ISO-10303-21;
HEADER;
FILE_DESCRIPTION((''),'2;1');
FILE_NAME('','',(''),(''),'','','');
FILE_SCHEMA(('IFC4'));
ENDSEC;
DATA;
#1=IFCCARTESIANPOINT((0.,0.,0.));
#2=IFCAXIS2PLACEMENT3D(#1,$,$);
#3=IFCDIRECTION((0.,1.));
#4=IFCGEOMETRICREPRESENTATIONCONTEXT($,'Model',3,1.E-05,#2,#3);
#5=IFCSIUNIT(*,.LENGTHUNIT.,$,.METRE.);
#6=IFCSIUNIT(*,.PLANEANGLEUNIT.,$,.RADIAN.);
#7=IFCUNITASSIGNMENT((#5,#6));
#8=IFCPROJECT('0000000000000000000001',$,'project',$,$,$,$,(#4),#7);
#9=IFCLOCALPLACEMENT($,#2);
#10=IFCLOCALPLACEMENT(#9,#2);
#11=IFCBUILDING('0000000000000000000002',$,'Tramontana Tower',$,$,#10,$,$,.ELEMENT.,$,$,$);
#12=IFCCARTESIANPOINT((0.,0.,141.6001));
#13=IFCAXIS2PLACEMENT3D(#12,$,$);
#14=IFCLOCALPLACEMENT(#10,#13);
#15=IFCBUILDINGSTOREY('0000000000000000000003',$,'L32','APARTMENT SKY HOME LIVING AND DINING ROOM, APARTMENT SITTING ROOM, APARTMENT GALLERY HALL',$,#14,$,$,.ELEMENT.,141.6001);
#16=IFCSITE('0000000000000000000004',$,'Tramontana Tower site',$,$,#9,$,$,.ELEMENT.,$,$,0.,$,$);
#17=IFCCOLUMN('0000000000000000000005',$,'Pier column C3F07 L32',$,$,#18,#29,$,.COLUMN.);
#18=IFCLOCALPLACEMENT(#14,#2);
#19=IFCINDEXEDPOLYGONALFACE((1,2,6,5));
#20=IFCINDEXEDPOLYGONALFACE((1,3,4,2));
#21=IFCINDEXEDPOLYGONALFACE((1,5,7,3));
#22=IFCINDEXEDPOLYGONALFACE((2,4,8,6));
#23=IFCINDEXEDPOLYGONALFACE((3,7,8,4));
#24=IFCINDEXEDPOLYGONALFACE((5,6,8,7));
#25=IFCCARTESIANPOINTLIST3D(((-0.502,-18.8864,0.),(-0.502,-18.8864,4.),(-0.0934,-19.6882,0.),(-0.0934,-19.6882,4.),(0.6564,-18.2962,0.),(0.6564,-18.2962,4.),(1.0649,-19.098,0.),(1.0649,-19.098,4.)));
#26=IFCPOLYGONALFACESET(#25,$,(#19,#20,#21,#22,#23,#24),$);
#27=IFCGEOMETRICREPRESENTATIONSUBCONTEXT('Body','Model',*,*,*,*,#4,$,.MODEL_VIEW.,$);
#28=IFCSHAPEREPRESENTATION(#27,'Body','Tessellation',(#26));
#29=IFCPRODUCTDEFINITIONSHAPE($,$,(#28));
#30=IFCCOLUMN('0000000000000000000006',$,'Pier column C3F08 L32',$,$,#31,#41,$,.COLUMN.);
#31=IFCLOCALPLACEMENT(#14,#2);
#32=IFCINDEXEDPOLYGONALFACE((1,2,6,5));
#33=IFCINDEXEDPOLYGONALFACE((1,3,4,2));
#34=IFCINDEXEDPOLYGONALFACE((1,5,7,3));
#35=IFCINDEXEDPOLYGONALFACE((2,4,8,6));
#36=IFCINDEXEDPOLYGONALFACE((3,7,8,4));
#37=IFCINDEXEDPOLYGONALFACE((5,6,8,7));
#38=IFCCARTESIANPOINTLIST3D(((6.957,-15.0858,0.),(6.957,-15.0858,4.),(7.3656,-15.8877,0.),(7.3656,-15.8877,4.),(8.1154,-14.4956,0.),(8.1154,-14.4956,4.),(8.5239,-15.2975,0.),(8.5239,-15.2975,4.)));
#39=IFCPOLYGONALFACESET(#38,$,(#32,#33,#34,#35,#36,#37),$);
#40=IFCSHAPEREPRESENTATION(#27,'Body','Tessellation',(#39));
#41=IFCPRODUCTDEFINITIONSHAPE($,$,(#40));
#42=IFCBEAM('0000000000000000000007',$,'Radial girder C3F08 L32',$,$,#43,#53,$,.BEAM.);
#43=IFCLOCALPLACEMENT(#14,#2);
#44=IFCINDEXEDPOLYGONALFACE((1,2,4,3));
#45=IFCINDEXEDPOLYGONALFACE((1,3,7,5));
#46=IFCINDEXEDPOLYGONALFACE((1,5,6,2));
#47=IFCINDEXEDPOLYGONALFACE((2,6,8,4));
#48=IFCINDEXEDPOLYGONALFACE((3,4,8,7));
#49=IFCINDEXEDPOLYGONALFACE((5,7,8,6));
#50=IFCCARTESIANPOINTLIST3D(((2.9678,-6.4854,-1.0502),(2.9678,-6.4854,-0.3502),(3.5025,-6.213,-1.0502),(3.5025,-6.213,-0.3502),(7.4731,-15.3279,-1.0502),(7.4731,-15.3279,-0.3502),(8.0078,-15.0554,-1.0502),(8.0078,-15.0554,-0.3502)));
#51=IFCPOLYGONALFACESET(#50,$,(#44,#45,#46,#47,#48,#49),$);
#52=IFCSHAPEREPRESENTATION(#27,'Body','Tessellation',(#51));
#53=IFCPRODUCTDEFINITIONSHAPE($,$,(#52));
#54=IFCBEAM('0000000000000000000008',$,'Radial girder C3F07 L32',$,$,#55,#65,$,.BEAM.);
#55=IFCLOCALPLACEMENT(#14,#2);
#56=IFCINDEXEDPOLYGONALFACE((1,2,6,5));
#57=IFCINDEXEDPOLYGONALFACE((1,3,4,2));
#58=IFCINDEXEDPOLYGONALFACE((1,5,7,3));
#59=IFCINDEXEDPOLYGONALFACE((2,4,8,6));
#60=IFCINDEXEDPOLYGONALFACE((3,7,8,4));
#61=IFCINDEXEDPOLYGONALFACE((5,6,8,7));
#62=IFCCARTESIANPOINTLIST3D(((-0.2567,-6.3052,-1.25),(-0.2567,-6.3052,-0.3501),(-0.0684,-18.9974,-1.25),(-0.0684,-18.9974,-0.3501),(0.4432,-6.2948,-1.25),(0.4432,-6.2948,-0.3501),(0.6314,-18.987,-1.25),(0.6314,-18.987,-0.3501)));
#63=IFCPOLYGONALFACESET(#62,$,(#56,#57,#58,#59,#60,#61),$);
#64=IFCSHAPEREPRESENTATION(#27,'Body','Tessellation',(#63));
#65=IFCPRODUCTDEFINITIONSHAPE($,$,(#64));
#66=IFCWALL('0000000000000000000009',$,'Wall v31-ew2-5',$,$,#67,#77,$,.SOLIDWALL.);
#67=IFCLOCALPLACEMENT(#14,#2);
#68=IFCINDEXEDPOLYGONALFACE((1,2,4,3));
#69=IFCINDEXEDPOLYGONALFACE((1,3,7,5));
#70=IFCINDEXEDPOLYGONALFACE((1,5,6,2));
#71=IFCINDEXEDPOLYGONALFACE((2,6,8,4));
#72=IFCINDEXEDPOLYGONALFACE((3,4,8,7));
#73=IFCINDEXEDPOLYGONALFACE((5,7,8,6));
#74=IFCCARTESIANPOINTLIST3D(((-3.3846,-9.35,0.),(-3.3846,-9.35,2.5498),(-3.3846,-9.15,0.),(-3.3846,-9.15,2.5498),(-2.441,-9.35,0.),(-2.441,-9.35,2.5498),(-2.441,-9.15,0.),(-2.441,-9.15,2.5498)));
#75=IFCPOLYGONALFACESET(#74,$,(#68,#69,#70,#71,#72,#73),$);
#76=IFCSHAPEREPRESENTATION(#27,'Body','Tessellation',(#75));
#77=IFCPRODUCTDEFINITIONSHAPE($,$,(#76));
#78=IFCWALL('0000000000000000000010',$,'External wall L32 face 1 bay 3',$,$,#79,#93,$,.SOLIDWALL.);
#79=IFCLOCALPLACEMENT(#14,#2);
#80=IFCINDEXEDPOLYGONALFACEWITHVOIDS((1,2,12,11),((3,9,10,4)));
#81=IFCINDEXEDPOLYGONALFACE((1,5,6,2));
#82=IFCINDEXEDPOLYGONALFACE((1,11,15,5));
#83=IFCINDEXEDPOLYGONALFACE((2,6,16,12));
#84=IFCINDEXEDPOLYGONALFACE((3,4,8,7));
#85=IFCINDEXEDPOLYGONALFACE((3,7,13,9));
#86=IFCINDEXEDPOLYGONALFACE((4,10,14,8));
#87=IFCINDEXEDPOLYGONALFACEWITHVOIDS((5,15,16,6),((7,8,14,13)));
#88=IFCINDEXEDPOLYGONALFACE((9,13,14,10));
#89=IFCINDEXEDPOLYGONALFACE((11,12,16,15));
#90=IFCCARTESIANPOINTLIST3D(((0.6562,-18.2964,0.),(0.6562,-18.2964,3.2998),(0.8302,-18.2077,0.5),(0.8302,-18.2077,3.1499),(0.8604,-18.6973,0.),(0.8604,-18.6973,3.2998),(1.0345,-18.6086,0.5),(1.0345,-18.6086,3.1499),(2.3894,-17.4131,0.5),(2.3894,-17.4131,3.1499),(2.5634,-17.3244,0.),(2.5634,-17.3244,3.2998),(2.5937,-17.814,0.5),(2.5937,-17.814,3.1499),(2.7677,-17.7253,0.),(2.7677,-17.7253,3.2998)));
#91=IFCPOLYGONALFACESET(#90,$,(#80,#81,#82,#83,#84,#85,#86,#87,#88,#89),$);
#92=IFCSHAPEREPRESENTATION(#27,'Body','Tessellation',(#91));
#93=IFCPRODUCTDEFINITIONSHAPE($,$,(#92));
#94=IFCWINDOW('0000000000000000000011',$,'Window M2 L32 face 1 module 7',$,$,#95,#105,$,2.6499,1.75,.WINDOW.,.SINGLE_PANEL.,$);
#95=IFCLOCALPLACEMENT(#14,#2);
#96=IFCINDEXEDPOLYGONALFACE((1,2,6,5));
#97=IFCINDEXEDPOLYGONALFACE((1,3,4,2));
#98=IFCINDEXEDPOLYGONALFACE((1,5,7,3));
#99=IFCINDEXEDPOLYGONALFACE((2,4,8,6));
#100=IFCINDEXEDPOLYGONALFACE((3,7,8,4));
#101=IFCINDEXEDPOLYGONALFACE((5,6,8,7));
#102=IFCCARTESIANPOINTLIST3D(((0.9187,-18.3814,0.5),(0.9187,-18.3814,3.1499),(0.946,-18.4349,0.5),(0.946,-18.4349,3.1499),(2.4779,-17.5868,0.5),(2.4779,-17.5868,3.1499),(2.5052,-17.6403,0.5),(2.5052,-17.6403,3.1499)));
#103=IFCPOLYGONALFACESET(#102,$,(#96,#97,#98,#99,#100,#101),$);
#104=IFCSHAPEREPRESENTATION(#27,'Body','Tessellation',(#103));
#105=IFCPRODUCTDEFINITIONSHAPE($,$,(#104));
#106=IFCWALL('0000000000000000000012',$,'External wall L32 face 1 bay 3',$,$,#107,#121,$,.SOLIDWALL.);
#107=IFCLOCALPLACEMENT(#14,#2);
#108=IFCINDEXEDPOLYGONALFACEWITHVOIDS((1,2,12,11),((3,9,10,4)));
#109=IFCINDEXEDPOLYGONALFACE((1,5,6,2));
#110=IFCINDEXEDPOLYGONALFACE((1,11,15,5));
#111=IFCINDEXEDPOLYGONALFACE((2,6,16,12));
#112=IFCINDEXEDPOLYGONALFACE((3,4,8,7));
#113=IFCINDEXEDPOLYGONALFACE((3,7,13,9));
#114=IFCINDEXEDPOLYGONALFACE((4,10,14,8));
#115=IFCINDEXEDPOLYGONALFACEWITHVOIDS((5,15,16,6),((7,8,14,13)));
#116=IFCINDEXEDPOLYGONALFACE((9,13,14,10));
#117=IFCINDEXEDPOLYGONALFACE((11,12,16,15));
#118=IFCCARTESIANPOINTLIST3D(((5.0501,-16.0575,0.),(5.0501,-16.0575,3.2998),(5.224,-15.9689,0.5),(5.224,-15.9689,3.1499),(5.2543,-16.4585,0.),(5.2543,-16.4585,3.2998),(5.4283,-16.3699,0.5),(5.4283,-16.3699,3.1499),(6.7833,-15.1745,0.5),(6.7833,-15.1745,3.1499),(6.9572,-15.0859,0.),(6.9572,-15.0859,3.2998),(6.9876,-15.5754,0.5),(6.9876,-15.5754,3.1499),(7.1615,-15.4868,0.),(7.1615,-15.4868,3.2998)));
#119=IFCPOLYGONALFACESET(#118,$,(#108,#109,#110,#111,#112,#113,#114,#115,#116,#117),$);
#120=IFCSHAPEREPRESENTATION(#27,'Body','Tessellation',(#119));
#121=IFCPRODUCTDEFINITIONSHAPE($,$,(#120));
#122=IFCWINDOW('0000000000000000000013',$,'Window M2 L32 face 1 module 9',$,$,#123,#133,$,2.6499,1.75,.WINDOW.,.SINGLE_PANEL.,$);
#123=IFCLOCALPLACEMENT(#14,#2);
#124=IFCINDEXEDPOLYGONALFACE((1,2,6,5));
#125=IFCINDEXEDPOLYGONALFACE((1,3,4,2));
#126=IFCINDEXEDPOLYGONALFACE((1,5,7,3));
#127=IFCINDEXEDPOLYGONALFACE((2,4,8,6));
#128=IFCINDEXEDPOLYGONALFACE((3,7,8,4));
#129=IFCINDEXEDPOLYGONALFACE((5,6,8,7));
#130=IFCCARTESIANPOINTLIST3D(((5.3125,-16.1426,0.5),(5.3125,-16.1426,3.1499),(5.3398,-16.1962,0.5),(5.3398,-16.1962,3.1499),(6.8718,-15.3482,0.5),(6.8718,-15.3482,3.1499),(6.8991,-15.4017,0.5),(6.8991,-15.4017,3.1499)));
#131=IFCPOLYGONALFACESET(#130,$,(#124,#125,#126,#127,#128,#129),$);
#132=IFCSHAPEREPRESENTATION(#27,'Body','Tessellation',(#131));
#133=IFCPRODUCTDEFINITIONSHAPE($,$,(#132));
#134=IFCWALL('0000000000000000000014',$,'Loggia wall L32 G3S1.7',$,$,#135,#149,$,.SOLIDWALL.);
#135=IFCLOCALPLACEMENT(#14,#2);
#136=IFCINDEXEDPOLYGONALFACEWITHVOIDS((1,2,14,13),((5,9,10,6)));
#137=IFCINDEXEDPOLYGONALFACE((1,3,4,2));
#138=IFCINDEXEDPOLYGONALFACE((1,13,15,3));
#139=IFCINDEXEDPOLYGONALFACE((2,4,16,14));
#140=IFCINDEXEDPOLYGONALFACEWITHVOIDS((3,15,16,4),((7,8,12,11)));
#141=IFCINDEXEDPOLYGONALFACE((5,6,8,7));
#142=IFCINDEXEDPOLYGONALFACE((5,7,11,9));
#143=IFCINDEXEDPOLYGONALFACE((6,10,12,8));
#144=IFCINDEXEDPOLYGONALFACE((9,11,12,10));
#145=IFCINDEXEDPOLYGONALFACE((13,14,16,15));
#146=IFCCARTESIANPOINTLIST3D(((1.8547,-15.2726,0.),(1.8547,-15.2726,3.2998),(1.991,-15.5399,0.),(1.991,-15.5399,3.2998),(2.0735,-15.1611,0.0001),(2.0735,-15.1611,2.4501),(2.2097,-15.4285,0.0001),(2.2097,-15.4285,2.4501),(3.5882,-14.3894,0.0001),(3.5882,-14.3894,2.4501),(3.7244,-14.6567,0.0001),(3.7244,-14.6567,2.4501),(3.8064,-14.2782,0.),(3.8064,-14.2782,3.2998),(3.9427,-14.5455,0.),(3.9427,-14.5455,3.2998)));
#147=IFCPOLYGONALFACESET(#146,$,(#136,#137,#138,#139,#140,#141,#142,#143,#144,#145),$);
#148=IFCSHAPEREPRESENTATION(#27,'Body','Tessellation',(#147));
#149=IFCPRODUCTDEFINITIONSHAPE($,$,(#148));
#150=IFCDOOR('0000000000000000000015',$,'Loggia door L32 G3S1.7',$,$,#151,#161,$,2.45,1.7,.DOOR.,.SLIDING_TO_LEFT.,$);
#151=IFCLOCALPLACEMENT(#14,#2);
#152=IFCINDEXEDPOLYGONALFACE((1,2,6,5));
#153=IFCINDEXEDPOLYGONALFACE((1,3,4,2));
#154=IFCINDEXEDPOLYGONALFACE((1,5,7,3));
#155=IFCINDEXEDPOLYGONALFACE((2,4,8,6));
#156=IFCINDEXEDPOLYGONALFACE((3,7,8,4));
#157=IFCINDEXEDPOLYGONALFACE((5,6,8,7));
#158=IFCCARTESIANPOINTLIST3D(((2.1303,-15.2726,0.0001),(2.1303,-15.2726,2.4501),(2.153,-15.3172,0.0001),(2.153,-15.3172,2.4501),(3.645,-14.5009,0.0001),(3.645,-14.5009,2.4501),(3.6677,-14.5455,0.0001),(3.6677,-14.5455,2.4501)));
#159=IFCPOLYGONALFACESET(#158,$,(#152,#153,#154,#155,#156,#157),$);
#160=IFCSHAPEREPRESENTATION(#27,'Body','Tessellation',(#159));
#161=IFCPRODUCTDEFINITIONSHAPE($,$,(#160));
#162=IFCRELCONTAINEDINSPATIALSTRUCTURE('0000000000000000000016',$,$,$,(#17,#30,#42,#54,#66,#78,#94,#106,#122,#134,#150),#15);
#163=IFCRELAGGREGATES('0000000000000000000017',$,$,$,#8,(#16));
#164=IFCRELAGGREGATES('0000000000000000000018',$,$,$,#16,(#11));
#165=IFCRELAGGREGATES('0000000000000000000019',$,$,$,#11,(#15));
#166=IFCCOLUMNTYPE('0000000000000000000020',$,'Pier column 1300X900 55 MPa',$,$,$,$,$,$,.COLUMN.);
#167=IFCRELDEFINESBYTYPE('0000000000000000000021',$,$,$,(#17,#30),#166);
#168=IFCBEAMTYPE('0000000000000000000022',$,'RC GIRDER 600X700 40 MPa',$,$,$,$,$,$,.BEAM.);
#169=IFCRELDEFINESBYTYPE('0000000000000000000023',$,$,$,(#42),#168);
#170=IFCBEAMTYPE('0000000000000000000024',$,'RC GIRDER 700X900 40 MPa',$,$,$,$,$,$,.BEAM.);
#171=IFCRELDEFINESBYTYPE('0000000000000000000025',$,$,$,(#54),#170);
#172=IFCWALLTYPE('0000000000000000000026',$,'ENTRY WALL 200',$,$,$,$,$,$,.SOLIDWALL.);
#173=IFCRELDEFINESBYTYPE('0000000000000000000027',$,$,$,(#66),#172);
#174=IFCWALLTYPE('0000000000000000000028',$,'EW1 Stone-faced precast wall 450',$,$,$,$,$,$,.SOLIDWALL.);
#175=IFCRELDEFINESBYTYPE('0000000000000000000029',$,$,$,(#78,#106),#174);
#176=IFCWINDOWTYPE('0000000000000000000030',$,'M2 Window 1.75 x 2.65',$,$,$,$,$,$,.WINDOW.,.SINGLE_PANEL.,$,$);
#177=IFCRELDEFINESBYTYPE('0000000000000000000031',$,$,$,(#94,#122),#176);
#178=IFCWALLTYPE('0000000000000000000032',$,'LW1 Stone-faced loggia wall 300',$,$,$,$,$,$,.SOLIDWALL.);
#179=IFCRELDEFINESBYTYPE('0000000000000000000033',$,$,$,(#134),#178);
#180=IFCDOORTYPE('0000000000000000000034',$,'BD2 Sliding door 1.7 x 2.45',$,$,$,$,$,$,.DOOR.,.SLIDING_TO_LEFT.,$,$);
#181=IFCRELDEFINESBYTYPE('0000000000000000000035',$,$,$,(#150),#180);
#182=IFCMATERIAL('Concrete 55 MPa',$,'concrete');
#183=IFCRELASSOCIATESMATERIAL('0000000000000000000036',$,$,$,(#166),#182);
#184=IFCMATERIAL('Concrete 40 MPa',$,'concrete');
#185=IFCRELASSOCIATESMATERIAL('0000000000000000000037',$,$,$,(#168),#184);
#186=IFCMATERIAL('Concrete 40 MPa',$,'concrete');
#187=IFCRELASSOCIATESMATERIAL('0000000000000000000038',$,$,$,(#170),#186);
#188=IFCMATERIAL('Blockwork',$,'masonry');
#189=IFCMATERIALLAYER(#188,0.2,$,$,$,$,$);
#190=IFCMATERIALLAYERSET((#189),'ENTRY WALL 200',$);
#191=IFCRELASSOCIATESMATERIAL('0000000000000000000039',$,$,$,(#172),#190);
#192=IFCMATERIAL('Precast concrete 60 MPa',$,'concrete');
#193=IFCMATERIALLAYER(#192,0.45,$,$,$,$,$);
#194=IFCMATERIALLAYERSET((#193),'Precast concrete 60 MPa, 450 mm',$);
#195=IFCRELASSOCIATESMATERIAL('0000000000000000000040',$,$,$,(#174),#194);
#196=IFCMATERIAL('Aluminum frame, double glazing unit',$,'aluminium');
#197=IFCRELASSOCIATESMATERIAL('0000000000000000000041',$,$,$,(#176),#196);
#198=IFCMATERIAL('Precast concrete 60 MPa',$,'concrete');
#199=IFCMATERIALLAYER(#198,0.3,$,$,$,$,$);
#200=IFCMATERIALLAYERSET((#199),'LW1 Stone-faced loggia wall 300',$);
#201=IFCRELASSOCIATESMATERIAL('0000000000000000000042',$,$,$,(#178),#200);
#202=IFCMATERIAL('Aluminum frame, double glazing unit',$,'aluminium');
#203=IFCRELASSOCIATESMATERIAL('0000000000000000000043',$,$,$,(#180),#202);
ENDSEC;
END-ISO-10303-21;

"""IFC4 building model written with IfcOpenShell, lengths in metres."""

from ifc_helpers import new_model, si_unit, direction, frame, frame_2d, origin, origin_2d, place, context, subcontext, project, spatial, rectangle, extrude, material, layer, layer_set, material_profile, profile_set, type_object, element, fill, save


model = new_model("IFC4")

# Units and contexts
model_context = context("Model", 3, precision=1e-05, world=origin(), true_north=direction((0.0, 1.0)))
body_context = subcontext(model_context, "Body", "Model", "MODEL_VIEW")
ifc_project = project(units=[si_unit("LENGTHUNIT", "METRE"), si_unit("PLANEANGLEUNIT", "RADIAN")], contexts=[model_context])

# Site, building, storey
site_placement = place(None, origin())
site = spatial("IfcSite", under=ifc_project, at=site_placement, Name="Tramontana Tower site", CompositionType="ELEMENT", RefElevation=0.0)
building_placement = place(site_placement, origin())
building = spatial("IfcBuilding", under=site, at=building_placement, Name="Tramontana Tower", CompositionType="ELEMENT")
storey_placement = place(building_placement, frame((0.0, 0.0, 141.6001)))
storey = spatial("IfcBuildingStorey", under=building, at=storey_placement, Name="L32", Description="APARTMENT SKY HOME LIVING AND DINING ROOM, APARTMENT SITTING ROOM, APARTMENT GALLERY HALL", CompositionType="ELEMENT", Elevation=141.6001)

# Columns
ifc_material_1 = material(Name="Concrete 55 MPa", Category="concrete")
ifc_material_profile_1 = material_profile(ifc_material_1, rectangle(XDim=1.3, YDim=0.8999, at=origin_2d()), Name="Pier column 1300X900 55 MPa")
ifc_profile_set_1 = profile_set([ifc_material_profile_1], Name="Concrete 55 MPa")
column_type = type_object("IfcColumnType", Name="Pier column 1300X900 55 MPa", PredefinedType="COLUMN", material=ifc_profile_set_1)
for number, where, z_axis, x_axis, name in (
    (1, (0.2815, -18.9922, 0.0), (0.0, 0.0, 1.0), (0.891007, 0.45399, 0.0), "Pier column C3F07 L32"),
    (2, (7.7405, -15.1917, 0.0), (0.0, 0.0, 1.0), (0.891007, 0.45399, 0.0), "Pier column C3F08 L32"),
):
    element("IfcColumn", number, at=place(storey_placement, frame(where, z_axis=z_axis, x_axis=x_axis)), inside=storey, type_object=column_type, Name=name, PredefinedType="COLUMN", context=body_context, shape_type="SweptSolid", body=[
        extrude(rectangle(XDim=1.3, YDim=0.8999, at=origin_2d()), origin(), (0.0, 0.0, 1.0), 4.0),
    ])

# Beams
ifc_material_2 = material(Name="Concrete 40 MPa", Category="concrete")
ifc_material_profile_2 = material_profile(ifc_material_2, rectangle(XDim=0.6001, YDim=0.7, at=origin_2d()), Name="RC GIRDER 600X700 40 MPa")
ifc_profile_set_2 = profile_set([ifc_material_profile_2], Name="Concrete 40 MPa")
beam_type_1 = type_object("IfcBeamType", Name="RC GIRDER 600X700 40 MPa", PredefinedType="BEAM", material=ifc_profile_set_2)
beam_1_placement = place(storey_placement, frame((7.7405, -15.1917, -0.7002), z_axis=(-0.453981, 0.891012, 0.0), x_axis=(-0.891012, -0.453981, 0.0)))
element("IfcBeam", 3, at=beam_1_placement, inside=storey, type_object=beam_type_1, Name="Radial girder C3F08 L32", PredefinedType="BEAM", context=body_context, shape_type="SweptSolid", body=[
    extrude(rectangle(XDim=0.6001, YDim=0.7, at=origin_2d()), origin(), (0.0, 0.0, 1.0), 9.9241),
])
ifc_material_3 = material(Name="Concrete 40 MPa", Category="concrete")
ifc_material_profile_3 = material_profile(ifc_material_3, rectangle(XDim=0.7, YDim=0.8999, at=origin_2d()), Name="RC GIRDER 700X900 40 MPa")
ifc_profile_set_3 = profile_set([ifc_material_profile_3], Name="Concrete 40 MPa")
beam_type_2 = type_object("IfcBeamType", Name="RC GIRDER 700X900 40 MPa", PredefinedType="BEAM", material=ifc_profile_set_3)
beam_2_placement = place(storey_placement, frame((0.2815, -18.9922, -0.8), z_axis=(-0.014829, 0.99989, 0.0), x_axis=(-0.99989, -0.014829, 0.0)))
element("IfcBeam", 4, at=beam_2_placement, inside=storey, type_object=beam_type_2, Name="Radial girder C3F07 L32", PredefinedType="BEAM", context=body_context, shape_type="SweptSolid", body=[
    extrude(rectangle(XDim=0.7, YDim=0.8999, at=origin_2d()), origin(), (0.0, 0.0, 1.0), 12.6936),
])

# Wall
ifc_material_4 = material(Name="Blockwork", Category="masonry")
ifc_layer_1 = layer(ifc_material_4, 0.2)
ifc_layer_set_1 = layer_set([ifc_layer_1], Name="ENTRY WALL 200")
wall_type_1 = type_object("IfcWallType", Name="ENTRY WALL 200", PredefinedType="SOLIDWALL", material=ifc_layer_set_1)
wall_1_placement = place(storey_placement, frame((-2.4412, -9.25, 0.0), z_axis=(0.0, 0.0, 1.0), x_axis=(-1.0, 0.0, 0.0)))
element("IfcWall", 5, at=wall_1_placement, inside=storey, type_object=wall_type_1, Name="Wall v31-ew2-5", PredefinedType="SOLIDWALL", context=body_context, shape_type="SweptSolid", body=[
    extrude(rectangle(XDim=0.9436, YDim=0.2, at=frame_2d((0.4717, 0.0))), origin(), (0.0, 0.0, 1.0), 2.5498),
])

# Walls, openings, windows
ifc_material_5 = material(Name="Precast concrete 60 MPa", Category="concrete")
ifc_layer_2 = layer(ifc_material_5, 0.45)
ifc_layer_set_2 = layer_set([ifc_layer_2], Name="Precast concrete 60 MPa, 450 mm")
wall_type_2 = type_object("IfcWallType", Name="EW1 Stone-faced precast wall 450", PredefinedType="SOLIDWALL", material=ifc_layer_set_2)
wall_2_placement = place(storey_placement, frame((0.7583, -18.4968, 0.0), z_axis=(0.0, 0.0, 1.0), x_axis=(0.890979, 0.454044, 0.0)))
wall_2 = element("IfcWall", 6, at=wall_2_placement, inside=storey, type_object=wall_type_2, Name="External wall L32 face 1 bay 3", PredefinedType="SOLIDWALL", context=body_context, shape_type="SweptSolid", body=[
    extrude(rectangle(XDim=2.1406, YDim=0.45, at=frame_2d((1.0703, 0.0))), origin(), (0.0, 0.0, 1.0), 3.2998),
])
opening_1_placement = place(wall_2_placement, frame((0.1953, 0.0, 0.5)))
opening_1 = element("IfcOpeningElement", 7, at=opening_1_placement, cuts=wall_2, PredefinedType="OPENING", context=body_context, shape_type="SweptSolid", body=[
    extrude(rectangle(XDim=1.75, YDim=2.6499, at=frame_2d((0.875, 1.325))), frame((0.0, 0.2349, 0.0), z_axis=(0.0, -1.0, 0.0), x_axis=(1.0, 0.0, 0.0)), (0.0, 0.0, 1.0), 0.47),
])
ifc_material_6 = material(Name="Aluminum frame, double glazing unit", Category="aluminium")
window_type = type_object("IfcWindowType", Name="M2 Window 1.75 x 2.65", PartitioningType="SINGLE_PANEL", PredefinedType="WINDOW", material=ifc_material_6)
window_1_placement = place(opening_1_placement, origin())
window_1 = element("IfcWindow", 8, at=window_1_placement, inside=storey, type_object=window_type, Name="Window M2 L32 face 1 module 7", OverallHeight=2.6499, OverallWidth=1.75, PartitioningType="SINGLE_PANEL", PredefinedType="WINDOW", context=body_context, shape_type="SweptSolid", body=[
    extrude(rectangle(XDim=1.75, YDim=2.6499, at=frame_2d((0.875, 1.325))), frame((0.0, 0.03, 0.0), z_axis=(0.0, -1.0, 0.0), x_axis=(1.0, 0.0, 0.0)), (0.0, 0.0, 1.0), 0.0601),
])
fill(opening_1, window_1)
wall_3_placement = place(storey_placement, frame((5.1521, -16.2581, 0.0), z_axis=(0.0, 0.0, 1.0), x_axis=(0.891026, 0.453953, 0.0)))
wall_3 = element("IfcWall", 9, at=wall_3_placement, inside=storey, type_object=wall_type_2, Name="External wall L32 face 1 bay 3", PredefinedType="SOLIDWALL", context=body_context, shape_type="SweptSolid", body=[
    extrude(rectangle(XDim=2.1404, YDim=0.45, at=frame_2d((1.0703, 0.0))), origin(), (0.0, 0.0, 1.0), 3.2998),
])
opening_2_placement = place(wall_3_placement, frame((0.1953, 0.0, 0.5)))
opening_2 = element("IfcOpeningElement", 10, at=opening_2_placement, cuts=wall_3, PredefinedType="OPENING", context=body_context, shape_type="SweptSolid", body=[
    extrude(rectangle(XDim=1.75, YDim=2.6499, at=frame_2d((0.875, 1.325))), frame((0.0, 0.2349, 0.0), z_axis=(0.0, -1.0, 0.0), x_axis=(1.0, 0.0, 0.0)), (0.0, 0.0, 1.0), 0.47),
])
window_2_placement = place(opening_2_placement, origin())
window_2 = element("IfcWindow", 11, at=window_2_placement, inside=storey, type_object=window_type, Name="Window M2 L32 face 1 module 9", OverallHeight=2.6499, OverallWidth=1.75, PartitioningType="SINGLE_PANEL", PredefinedType="WINDOW", context=body_context, shape_type="SweptSolid", body=[
    extrude(rectangle(XDim=1.75, YDim=2.6499, at=frame_2d((0.875, 1.325))), frame((0.0, 0.03, 0.0), z_axis=(0.0, -1.0, 0.0), x_axis=(1.0, 0.0, 0.0)), (0.0, 0.0, 1.0), 0.0601),
])
fill(opening_2, window_2)

# Wall, opening, door
ifc_material_7 = material(Name="Precast concrete 60 MPa", Category="concrete")
ifc_layer_3 = layer(ifc_material_7, 0.3)
ifc_layer_set_3 = layer_set([ifc_layer_3], Name="LW1 Stone-faced loggia wall 300")
wall_type_3 = type_object("IfcWallType", Name="LW1 Stone-faced loggia wall 300", PredefinedType="SOLIDWALL", material=ifc_layer_set_3)
wall_4_placement = place(storey_placement, frame((1.9229, -15.4062, 0.0), z_axis=(0.0, 0.0, 1.0), x_axis=(0.891013, 0.453978, 0.0)))
wall_4 = element("IfcWall", 12, at=wall_4_placement, inside=storey, type_object=wall_type_3, Name="Loggia wall L32 G3S1.7", PredefinedType="SOLIDWALL", context=body_context, shape_type="SweptSolid", body=[
    extrude(rectangle(XDim=2.1904, YDim=0.3, at=frame_2d((1.0952, 0.0))), origin(), (0.0, 0.0, 1.0), 3.2998),
])
opening_3_placement = place(wall_4_placement, frame((0.2454, 0.0, 0.0)))
opening_3 = element("IfcOpeningElement", 13, at=opening_3_placement, cuts=wall_4, PredefinedType="OPENING", context=body_context, shape_type="SweptSolid", body=[
    extrude(rectangle(XDim=1.7, YDim=2.45, at=frame_2d((0.8501, 1.2251))), frame((0.0, 0.1599, 0.0), z_axis=(0.0, -1.0, 0.0), x_axis=(1.0, 0.0, 0.0)), (0.0, 0.0, 1.0), 0.3201),
])
ifc_material_8 = material(Name="Aluminum frame, double glazing unit", Category="aluminium")
door_type_1 = type_object("IfcDoorType", Name="BD2 Sliding door 1.7 x 2.45", OperationType="SLIDING_TO_LEFT", PredefinedType="DOOR", material=ifc_material_8)
door_1_placement = place(opening_3_placement, origin())
door_1 = element("IfcDoor", 14, at=door_1_placement, inside=storey, type_object=door_type_1, Name="Loggia door L32 G3S1.7", OperationType="SLIDING_TO_LEFT", OverallHeight=2.45, OverallWidth=1.7, PredefinedType="DOOR", context=body_context, shape_type="SweptSolid", body=[
    extrude(rectangle(XDim=1.7, YDim=2.45, at=frame_2d((0.8501, 1.2251))), frame((0.0, 0.0249, 0.0), z_axis=(0.0, -1.0, 0.0), x_axis=(1.0, 0.0, 0.0)), (0.0, 0.0, 1.0), 0.05),
])
fill(opening_3, door_1)

save(model, "model.ifc")
